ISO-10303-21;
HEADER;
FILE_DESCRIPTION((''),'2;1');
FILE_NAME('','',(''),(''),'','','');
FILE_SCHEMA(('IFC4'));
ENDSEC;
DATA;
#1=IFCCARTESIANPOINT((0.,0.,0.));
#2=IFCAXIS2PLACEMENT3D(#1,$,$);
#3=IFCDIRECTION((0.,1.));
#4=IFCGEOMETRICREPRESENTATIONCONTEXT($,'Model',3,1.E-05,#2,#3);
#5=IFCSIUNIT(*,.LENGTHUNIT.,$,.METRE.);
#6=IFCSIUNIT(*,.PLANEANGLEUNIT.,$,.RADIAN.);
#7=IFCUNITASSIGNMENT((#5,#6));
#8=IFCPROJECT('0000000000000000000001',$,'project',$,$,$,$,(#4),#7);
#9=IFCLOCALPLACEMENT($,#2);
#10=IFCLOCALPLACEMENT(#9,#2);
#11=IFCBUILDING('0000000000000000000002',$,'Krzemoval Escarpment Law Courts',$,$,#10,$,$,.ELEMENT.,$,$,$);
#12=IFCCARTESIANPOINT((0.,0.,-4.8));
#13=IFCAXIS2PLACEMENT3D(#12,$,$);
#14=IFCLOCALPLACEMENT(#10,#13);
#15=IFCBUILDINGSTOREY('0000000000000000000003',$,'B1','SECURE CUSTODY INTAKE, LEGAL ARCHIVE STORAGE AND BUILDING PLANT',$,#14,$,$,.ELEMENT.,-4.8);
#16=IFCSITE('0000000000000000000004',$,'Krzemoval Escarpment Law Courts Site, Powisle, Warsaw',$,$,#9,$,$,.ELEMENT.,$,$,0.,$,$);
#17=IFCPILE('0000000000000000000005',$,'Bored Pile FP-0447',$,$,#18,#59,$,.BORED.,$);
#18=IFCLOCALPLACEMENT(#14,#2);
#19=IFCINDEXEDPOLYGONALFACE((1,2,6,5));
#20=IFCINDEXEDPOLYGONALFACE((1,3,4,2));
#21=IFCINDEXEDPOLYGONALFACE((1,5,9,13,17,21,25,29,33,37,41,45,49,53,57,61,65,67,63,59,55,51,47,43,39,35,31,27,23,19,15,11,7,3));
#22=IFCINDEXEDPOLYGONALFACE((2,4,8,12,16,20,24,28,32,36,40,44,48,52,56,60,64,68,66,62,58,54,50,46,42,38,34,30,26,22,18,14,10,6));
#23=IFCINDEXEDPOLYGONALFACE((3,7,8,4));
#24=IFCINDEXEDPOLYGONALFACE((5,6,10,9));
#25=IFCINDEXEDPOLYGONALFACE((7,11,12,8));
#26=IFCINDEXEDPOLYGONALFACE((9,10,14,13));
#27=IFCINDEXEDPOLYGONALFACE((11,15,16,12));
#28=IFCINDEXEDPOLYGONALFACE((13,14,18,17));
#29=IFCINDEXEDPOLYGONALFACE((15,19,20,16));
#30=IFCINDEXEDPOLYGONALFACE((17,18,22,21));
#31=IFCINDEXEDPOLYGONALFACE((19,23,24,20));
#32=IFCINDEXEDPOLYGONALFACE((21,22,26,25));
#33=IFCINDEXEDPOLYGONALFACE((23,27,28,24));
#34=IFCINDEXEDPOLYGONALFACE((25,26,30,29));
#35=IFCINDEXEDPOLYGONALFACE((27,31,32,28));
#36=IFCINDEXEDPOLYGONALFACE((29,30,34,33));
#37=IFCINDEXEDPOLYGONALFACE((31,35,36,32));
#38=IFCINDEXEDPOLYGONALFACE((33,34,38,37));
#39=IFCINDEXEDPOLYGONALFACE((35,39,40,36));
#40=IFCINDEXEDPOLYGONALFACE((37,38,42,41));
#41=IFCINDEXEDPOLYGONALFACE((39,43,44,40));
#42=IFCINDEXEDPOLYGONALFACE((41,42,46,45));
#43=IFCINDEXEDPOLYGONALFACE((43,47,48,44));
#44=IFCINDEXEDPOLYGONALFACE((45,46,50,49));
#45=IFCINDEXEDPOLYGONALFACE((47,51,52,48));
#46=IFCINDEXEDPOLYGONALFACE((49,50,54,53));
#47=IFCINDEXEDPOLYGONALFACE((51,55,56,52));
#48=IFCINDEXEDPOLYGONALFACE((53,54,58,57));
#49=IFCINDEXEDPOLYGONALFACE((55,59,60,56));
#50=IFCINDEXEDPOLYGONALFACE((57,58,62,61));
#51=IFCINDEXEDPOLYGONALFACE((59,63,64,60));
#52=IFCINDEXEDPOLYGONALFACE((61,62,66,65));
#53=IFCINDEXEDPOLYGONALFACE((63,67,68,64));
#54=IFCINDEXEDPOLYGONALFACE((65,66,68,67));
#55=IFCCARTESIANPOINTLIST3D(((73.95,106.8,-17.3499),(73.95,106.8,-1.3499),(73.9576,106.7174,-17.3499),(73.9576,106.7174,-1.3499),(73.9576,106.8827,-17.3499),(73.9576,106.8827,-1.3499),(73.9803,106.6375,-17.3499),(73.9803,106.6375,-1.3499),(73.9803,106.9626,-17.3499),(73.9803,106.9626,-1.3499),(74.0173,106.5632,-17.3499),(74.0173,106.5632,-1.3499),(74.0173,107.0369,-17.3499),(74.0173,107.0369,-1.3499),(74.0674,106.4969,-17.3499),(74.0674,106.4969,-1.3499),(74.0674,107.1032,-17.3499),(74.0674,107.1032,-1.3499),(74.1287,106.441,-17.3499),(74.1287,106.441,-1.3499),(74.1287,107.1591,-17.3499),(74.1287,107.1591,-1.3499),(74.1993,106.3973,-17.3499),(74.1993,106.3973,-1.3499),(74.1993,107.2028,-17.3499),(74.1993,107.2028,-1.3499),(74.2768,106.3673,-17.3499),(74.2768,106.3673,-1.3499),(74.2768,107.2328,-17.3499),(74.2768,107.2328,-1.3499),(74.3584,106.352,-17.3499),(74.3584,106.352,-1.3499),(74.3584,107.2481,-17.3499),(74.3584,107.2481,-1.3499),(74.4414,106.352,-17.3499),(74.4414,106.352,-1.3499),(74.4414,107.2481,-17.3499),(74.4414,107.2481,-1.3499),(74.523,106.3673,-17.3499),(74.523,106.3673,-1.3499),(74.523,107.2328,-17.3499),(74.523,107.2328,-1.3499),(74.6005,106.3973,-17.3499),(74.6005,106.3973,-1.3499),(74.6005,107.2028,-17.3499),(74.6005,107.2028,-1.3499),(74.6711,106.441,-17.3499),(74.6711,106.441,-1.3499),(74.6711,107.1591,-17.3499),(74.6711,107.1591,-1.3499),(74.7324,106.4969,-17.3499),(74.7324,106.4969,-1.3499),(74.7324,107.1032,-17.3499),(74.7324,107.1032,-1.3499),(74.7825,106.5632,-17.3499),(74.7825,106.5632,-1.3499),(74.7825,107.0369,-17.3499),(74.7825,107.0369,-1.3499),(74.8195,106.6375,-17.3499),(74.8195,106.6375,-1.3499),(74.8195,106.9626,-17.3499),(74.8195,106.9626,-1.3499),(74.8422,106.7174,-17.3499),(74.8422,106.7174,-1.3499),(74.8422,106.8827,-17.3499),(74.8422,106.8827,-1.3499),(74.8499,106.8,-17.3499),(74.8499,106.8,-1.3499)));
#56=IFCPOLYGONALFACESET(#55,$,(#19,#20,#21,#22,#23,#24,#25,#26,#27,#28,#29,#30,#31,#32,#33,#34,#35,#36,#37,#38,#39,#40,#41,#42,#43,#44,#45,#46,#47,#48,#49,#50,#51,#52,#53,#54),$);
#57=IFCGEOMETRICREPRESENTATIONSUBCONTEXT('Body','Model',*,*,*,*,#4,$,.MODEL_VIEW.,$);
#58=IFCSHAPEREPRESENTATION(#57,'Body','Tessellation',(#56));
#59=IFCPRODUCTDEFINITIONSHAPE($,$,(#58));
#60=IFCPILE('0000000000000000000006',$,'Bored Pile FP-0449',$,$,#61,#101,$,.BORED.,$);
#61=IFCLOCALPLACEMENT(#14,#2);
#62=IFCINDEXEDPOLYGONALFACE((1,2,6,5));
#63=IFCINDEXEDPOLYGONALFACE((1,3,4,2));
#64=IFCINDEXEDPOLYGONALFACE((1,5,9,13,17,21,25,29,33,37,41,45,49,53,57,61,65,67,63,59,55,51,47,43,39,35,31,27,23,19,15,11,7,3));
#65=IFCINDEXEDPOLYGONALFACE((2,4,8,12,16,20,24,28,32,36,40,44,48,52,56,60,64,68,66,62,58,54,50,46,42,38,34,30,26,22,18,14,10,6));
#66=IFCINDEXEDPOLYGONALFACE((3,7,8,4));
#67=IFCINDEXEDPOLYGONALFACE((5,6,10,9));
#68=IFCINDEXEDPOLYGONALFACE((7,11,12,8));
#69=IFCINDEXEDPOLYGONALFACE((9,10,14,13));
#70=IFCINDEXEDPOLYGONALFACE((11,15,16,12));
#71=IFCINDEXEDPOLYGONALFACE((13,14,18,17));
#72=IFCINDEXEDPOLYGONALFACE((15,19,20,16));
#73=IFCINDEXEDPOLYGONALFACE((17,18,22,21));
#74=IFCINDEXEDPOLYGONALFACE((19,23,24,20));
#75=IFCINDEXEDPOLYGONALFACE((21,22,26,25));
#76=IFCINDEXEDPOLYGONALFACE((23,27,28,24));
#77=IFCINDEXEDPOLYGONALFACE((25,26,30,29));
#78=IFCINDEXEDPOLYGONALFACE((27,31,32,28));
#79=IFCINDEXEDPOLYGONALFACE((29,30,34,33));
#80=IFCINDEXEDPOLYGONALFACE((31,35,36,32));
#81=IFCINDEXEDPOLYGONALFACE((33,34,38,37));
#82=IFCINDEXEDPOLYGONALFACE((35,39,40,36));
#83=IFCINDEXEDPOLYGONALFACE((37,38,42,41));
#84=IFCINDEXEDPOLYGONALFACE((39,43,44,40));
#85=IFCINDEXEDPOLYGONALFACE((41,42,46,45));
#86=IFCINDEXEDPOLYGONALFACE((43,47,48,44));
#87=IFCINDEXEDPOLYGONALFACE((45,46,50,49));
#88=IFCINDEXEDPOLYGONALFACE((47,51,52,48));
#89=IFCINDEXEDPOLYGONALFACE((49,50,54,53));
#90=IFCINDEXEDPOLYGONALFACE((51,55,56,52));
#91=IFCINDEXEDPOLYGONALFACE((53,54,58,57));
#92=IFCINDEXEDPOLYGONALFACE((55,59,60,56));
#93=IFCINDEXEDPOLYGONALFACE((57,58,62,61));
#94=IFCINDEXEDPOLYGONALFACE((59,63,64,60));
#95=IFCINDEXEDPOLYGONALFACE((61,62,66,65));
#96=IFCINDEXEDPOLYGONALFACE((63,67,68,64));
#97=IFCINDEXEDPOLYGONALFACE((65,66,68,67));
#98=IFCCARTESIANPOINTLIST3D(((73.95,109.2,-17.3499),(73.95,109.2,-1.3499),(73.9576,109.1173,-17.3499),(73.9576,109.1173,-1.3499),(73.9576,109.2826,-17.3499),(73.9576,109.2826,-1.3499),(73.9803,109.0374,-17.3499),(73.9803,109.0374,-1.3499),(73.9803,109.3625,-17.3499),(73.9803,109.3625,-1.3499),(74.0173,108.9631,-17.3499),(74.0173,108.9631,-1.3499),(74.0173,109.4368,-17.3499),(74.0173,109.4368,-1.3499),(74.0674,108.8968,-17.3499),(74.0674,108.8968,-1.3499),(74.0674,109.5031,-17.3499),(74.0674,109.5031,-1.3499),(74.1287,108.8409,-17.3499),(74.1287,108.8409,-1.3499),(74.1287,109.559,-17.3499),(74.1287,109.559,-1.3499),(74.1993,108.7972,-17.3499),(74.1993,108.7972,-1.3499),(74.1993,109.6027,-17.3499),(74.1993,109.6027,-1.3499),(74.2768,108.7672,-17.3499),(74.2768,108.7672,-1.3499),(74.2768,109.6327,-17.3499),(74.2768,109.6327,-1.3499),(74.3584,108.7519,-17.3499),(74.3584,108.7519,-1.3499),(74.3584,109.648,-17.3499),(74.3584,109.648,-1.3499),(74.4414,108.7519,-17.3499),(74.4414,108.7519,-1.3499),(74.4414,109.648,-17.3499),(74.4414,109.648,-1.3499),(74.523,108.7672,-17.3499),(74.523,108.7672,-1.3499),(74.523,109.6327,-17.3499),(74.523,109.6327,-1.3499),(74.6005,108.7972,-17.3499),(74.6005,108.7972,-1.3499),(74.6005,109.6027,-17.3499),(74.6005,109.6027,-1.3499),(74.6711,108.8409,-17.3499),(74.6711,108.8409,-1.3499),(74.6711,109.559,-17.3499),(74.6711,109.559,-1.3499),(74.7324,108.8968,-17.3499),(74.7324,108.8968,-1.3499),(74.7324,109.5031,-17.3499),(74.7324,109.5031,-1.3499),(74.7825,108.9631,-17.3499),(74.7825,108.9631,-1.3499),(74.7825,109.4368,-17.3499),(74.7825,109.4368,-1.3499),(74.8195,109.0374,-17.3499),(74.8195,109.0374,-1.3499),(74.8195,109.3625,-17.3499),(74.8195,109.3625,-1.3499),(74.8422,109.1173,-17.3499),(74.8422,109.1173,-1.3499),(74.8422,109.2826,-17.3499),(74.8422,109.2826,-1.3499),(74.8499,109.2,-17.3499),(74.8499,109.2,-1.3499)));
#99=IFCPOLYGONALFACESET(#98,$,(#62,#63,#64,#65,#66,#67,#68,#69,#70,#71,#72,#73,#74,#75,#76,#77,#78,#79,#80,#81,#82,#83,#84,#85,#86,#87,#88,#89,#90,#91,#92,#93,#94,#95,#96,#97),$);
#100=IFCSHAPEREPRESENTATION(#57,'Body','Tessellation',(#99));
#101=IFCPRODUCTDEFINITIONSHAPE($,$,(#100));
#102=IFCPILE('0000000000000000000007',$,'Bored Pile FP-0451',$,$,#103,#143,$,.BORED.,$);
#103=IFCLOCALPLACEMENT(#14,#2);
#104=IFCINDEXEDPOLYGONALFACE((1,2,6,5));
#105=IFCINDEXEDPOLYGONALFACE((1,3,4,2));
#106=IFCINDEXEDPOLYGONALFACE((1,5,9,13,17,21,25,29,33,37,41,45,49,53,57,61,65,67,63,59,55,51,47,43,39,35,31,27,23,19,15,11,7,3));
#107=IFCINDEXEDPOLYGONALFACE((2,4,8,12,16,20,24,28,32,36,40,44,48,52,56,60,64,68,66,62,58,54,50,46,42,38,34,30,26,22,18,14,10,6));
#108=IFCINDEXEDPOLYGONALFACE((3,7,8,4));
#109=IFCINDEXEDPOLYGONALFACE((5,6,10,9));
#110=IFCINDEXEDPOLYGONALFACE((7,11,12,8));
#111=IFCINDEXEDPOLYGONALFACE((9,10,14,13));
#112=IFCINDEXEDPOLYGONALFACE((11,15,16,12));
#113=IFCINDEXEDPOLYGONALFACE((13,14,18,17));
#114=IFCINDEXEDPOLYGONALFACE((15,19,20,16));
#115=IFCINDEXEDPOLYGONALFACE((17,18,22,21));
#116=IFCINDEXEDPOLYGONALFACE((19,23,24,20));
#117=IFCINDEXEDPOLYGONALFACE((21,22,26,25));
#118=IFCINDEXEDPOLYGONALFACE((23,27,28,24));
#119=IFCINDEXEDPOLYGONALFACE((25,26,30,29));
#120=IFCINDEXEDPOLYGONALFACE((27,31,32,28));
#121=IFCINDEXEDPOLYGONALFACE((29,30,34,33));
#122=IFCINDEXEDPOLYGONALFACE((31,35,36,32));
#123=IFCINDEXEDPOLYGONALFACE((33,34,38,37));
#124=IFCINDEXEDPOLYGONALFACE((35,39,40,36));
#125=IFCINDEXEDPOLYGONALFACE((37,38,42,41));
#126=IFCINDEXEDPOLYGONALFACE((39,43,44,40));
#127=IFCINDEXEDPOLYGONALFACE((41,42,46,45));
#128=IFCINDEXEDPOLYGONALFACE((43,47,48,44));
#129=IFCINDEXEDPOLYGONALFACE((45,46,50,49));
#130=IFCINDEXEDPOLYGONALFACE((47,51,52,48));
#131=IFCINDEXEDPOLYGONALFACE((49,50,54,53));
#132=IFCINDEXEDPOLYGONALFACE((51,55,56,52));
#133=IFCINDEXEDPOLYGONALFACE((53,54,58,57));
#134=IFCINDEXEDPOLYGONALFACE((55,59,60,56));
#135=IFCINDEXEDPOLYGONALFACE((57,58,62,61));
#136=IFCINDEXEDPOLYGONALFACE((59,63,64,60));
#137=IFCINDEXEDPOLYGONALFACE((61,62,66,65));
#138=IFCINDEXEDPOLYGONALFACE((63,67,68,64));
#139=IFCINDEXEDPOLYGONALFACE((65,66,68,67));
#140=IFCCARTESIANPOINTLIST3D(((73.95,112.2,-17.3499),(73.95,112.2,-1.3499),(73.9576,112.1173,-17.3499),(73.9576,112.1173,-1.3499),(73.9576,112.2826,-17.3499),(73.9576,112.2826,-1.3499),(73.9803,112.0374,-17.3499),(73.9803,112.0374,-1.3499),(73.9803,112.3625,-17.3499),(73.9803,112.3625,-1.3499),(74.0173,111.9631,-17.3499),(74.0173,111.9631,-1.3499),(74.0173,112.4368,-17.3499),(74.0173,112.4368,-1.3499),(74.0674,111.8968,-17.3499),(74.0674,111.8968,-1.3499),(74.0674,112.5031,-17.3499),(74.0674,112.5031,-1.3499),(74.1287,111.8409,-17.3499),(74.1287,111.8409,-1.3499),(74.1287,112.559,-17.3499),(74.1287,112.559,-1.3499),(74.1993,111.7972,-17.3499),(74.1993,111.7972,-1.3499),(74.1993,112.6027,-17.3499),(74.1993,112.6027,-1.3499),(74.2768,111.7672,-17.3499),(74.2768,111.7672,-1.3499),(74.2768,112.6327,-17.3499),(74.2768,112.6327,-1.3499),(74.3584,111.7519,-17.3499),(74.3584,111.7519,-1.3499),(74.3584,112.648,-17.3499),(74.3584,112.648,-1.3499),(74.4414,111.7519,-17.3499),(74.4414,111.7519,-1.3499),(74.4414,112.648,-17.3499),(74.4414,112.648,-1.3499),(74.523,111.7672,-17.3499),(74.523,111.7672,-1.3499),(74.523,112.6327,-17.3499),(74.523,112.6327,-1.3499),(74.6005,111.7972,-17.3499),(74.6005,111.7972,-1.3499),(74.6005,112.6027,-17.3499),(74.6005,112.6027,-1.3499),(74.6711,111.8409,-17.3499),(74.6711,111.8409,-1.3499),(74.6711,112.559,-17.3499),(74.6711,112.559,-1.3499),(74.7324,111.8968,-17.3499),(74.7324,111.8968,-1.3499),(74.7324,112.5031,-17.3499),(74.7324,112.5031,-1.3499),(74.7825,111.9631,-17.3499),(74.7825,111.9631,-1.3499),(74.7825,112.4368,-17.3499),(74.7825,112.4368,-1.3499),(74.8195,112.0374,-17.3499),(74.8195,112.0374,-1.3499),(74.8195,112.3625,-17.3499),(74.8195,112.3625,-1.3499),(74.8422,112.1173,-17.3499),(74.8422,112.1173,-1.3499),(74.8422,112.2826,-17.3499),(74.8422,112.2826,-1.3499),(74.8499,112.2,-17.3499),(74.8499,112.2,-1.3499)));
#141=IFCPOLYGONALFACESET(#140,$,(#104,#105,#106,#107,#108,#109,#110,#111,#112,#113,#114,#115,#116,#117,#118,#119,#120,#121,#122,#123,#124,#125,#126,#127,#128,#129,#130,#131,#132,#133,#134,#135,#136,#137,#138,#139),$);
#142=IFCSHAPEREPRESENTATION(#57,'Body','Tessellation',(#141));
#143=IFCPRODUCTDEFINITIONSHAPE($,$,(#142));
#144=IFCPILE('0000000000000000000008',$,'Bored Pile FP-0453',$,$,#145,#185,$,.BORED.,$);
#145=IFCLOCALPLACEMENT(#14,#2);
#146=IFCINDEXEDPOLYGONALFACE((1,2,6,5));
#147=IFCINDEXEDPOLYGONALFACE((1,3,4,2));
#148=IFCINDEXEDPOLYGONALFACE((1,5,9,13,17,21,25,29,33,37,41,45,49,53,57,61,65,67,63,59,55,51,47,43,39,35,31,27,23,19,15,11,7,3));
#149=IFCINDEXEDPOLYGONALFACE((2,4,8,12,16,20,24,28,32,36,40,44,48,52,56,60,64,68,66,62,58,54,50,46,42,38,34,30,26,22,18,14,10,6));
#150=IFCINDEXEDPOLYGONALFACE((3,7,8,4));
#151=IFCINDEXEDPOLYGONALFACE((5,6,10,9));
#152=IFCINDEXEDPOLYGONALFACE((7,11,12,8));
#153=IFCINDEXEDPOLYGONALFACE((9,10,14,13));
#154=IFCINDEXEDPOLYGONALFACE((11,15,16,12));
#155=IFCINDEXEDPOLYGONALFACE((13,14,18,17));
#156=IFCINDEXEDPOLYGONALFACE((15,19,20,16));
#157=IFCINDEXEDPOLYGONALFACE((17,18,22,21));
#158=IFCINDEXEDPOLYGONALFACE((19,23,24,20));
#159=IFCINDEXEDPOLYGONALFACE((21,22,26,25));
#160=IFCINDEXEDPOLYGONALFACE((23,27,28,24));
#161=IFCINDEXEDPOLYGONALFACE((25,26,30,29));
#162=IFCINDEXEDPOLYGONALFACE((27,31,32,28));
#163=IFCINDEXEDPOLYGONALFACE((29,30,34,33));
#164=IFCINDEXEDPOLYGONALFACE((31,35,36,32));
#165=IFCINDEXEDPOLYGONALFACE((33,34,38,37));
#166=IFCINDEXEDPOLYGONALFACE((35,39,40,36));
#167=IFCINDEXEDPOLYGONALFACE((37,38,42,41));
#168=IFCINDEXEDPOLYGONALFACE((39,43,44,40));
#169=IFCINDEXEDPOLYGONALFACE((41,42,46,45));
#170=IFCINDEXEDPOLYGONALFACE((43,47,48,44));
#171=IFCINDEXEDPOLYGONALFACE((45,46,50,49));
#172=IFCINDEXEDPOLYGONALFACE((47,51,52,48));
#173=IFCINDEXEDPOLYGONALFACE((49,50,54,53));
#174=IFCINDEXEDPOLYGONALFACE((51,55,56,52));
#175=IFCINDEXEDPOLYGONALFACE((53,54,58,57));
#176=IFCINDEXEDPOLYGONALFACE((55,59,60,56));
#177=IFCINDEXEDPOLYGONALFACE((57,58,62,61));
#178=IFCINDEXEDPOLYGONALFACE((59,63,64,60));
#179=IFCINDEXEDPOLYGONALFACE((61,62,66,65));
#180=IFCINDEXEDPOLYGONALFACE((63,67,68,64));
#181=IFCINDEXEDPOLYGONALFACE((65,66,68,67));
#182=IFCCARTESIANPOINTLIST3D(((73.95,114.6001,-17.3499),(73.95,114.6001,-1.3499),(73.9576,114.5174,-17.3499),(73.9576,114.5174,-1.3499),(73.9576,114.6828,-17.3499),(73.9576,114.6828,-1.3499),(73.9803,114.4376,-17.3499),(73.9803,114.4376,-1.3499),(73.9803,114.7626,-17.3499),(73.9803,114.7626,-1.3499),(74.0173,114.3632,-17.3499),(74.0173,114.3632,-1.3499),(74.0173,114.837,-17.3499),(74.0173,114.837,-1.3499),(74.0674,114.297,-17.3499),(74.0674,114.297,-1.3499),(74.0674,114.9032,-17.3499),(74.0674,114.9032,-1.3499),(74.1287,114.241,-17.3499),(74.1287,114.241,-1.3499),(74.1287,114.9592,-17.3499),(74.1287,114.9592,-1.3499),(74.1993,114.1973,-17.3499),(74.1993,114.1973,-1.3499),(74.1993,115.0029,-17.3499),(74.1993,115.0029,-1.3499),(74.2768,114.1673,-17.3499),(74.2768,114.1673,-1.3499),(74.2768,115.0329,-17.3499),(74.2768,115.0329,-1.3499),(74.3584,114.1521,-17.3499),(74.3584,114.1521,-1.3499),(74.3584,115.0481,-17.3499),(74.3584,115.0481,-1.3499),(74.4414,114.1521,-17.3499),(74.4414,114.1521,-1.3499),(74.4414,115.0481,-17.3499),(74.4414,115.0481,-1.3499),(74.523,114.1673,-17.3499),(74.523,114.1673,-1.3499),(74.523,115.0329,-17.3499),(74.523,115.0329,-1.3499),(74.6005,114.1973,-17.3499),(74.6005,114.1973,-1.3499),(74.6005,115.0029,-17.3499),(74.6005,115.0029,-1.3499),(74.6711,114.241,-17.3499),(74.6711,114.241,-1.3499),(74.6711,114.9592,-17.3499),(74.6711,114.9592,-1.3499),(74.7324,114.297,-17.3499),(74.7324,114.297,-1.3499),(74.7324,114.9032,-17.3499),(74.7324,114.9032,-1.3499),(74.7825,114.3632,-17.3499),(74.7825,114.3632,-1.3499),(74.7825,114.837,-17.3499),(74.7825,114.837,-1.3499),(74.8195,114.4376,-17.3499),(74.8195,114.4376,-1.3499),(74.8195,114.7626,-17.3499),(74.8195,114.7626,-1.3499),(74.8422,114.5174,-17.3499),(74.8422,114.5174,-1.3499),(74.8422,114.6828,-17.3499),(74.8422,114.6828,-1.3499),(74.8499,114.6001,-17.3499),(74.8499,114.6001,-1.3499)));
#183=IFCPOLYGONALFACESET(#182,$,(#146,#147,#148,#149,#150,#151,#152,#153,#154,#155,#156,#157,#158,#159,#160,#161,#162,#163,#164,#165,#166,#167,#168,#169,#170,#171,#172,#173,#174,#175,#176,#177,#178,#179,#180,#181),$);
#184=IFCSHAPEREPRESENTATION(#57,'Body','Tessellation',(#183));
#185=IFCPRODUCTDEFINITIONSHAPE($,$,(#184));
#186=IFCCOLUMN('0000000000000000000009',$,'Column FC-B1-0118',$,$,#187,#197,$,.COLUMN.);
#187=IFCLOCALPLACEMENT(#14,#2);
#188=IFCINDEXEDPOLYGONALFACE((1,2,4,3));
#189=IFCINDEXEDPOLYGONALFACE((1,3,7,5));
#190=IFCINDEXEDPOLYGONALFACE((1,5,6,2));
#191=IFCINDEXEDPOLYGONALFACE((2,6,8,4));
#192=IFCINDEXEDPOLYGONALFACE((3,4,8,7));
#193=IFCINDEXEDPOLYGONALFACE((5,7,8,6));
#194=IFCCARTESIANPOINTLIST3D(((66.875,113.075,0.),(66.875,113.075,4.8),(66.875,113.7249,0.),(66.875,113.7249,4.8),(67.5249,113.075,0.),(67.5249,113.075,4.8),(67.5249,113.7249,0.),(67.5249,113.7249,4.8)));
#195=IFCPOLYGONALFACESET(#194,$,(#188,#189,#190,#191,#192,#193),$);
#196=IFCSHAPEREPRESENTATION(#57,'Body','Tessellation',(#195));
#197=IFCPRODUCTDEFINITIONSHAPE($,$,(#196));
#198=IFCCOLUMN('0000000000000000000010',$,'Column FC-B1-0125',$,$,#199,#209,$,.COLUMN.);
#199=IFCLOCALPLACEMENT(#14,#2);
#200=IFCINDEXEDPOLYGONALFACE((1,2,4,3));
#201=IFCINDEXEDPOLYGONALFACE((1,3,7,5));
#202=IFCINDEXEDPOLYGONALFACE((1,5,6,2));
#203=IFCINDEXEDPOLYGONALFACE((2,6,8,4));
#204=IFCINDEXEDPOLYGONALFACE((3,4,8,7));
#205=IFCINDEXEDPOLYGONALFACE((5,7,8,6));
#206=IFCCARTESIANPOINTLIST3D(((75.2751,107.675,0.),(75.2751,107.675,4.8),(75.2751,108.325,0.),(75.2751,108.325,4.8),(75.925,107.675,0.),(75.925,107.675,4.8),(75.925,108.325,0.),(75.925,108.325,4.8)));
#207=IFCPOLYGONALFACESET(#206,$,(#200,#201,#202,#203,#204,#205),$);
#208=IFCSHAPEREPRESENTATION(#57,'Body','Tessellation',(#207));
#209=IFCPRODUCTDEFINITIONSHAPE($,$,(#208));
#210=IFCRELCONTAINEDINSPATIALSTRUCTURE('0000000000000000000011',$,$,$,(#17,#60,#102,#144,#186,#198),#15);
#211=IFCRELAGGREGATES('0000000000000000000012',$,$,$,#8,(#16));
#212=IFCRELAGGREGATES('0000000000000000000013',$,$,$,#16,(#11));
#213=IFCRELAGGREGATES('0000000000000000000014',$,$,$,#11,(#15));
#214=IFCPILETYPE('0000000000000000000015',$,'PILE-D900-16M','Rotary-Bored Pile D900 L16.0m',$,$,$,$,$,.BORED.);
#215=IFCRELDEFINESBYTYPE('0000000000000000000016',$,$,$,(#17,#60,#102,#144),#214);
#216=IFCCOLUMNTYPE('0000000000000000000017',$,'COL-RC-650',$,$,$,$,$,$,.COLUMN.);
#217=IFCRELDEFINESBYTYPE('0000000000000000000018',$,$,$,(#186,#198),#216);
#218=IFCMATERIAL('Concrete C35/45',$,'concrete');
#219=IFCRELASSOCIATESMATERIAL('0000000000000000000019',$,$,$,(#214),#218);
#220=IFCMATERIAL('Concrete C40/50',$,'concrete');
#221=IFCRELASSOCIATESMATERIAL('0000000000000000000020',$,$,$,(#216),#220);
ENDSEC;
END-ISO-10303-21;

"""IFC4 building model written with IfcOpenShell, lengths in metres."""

from ifc_helpers import new_model, si_unit, direction, frame, origin, origin_2d, place, context, subcontext, project, spatial, rectangle, circle, extrude, material, material_profile, profile_set, type_object, element, save


model = new_model("IFC4")

# Units and contexts
model_context = context("Model", 3, precision=1e-05, world=origin(), true_north=direction((0.0, 1.0)))
body_context = subcontext(model_context, "Body", "Model", "MODEL_VIEW")
ifc_project = project(units=[si_unit("LENGTHUNIT", "METRE"), si_unit("PLANEANGLEUNIT", "RADIAN")], contexts=[model_context])

# Site, building, storey
site_placement = place(None, origin())
site = spatial("IfcSite", under=ifc_project, at=site_placement, Name="Krzemoval Escarpment Law Courts Site, Powisle, Warsaw", CompositionType="ELEMENT", RefElevation=0.0)
building_placement = place(site_placement, origin())
building = spatial("IfcBuilding", under=site, at=building_placement, Name="Krzemoval Escarpment Law Courts", CompositionType="ELEMENT")
storey_placement = place(building_placement, frame((0.0, 0.0, -4.8)))
storey = spatial("IfcBuildingStorey", under=building, at=storey_placement, Name="B1", Description="SECURE CUSTODY INTAKE, LEGAL ARCHIVE STORAGE AND BUILDING PLANT", CompositionType="ELEMENT", Elevation=-4.8)

# Piles
ifc_material_1 = material(Name="Concrete C35/45", Category="concrete")
ifc_material_profile_1 = material_profile(ifc_material_1, circle(Radius=0.45, at=origin_2d()), Name="PILE D900")
ifc_profile_set_1 = profile_set([ifc_material_profile_1], Name="Concrete C35/45")
pile_type = type_object("IfcPileType", Name="PILE-D900-16M", Description="Rotary-Bored Pile D900 L16.0m", PredefinedType="BORED", material=ifc_profile_set_1)
for number, where, z_axis, x_axis, name in (
    (1, (74.3999, 106.8, -1.3499), (0.0, 0.0, -1.0), (1.0, 0.0, 0.0), "Bored Pile FP-0447"),
    (2, (74.3999, 109.2, -1.3499), (0.0, 0.0, -1.0), (1.0, 0.0, 0.0), "Bored Pile FP-0449"),
    (3, (74.3999, 112.2, -1.3499), (0.0, 0.0, -1.0), (1.0, 0.0, 0.0), "Bored Pile FP-0451"),
    (4, (74.3999, 114.6001, -1.3499), (0.0, 0.0, -1.0), (1.0, 0.0, 0.0), "Bored Pile FP-0453"),
):
    element("IfcPile", number, at=place(storey_placement, frame(where, z_axis=z_axis, x_axis=x_axis)), inside=storey, type_object=pile_type, Name=name, PredefinedType="BORED", context=body_context, shape_type="SweptSolid", body=[
        extrude(circle(Radius=0.45, at=origin_2d()), origin(), (0.0, 0.0, 1.0), 16.0),
    ])

# Columns
ifc_material_2 = material(Name="Concrete C40/50", Category="concrete")
ifc_material_profile_2 = material_profile(ifc_material_2, rectangle(XDim=0.6499, YDim=0.6499, at=origin_2d()), Name="RC 650x650")
ifc_profile_set_2 = profile_set([ifc_material_profile_2], Name="Concrete C40/50")
column_type = type_object("IfcColumnType", Name="COL-RC-650", PredefinedType="COLUMN", material=ifc_profile_set_2)
for number, where, z_axis, x_axis, name in (
    (5, (67.2, 113.3999, 0.0), (0.0, 0.0, 1.0), (1.0, 0.0, 0.0), "Column FC-B1-0118"),
    (6, (75.6001, 108.0, 0.0), (0.0, 0.0, 1.0), (1.0, 0.0, 0.0), "Column FC-B1-0125"),
):
    element("IfcColumn", number, at=place(storey_placement, frame(where, z_axis=z_axis, x_axis=x_axis)), inside=storey, type_object=column_type, Name=name, PredefinedType="COLUMN", context=body_context, shape_type="SweptSolid", body=[
        extrude(rectangle(XDim=0.6499, YDim=0.6499, at=origin_2d()), origin(), (0.0, 0.0, 1.0), 4.8),
    ])

save(model, "model.ifc")
